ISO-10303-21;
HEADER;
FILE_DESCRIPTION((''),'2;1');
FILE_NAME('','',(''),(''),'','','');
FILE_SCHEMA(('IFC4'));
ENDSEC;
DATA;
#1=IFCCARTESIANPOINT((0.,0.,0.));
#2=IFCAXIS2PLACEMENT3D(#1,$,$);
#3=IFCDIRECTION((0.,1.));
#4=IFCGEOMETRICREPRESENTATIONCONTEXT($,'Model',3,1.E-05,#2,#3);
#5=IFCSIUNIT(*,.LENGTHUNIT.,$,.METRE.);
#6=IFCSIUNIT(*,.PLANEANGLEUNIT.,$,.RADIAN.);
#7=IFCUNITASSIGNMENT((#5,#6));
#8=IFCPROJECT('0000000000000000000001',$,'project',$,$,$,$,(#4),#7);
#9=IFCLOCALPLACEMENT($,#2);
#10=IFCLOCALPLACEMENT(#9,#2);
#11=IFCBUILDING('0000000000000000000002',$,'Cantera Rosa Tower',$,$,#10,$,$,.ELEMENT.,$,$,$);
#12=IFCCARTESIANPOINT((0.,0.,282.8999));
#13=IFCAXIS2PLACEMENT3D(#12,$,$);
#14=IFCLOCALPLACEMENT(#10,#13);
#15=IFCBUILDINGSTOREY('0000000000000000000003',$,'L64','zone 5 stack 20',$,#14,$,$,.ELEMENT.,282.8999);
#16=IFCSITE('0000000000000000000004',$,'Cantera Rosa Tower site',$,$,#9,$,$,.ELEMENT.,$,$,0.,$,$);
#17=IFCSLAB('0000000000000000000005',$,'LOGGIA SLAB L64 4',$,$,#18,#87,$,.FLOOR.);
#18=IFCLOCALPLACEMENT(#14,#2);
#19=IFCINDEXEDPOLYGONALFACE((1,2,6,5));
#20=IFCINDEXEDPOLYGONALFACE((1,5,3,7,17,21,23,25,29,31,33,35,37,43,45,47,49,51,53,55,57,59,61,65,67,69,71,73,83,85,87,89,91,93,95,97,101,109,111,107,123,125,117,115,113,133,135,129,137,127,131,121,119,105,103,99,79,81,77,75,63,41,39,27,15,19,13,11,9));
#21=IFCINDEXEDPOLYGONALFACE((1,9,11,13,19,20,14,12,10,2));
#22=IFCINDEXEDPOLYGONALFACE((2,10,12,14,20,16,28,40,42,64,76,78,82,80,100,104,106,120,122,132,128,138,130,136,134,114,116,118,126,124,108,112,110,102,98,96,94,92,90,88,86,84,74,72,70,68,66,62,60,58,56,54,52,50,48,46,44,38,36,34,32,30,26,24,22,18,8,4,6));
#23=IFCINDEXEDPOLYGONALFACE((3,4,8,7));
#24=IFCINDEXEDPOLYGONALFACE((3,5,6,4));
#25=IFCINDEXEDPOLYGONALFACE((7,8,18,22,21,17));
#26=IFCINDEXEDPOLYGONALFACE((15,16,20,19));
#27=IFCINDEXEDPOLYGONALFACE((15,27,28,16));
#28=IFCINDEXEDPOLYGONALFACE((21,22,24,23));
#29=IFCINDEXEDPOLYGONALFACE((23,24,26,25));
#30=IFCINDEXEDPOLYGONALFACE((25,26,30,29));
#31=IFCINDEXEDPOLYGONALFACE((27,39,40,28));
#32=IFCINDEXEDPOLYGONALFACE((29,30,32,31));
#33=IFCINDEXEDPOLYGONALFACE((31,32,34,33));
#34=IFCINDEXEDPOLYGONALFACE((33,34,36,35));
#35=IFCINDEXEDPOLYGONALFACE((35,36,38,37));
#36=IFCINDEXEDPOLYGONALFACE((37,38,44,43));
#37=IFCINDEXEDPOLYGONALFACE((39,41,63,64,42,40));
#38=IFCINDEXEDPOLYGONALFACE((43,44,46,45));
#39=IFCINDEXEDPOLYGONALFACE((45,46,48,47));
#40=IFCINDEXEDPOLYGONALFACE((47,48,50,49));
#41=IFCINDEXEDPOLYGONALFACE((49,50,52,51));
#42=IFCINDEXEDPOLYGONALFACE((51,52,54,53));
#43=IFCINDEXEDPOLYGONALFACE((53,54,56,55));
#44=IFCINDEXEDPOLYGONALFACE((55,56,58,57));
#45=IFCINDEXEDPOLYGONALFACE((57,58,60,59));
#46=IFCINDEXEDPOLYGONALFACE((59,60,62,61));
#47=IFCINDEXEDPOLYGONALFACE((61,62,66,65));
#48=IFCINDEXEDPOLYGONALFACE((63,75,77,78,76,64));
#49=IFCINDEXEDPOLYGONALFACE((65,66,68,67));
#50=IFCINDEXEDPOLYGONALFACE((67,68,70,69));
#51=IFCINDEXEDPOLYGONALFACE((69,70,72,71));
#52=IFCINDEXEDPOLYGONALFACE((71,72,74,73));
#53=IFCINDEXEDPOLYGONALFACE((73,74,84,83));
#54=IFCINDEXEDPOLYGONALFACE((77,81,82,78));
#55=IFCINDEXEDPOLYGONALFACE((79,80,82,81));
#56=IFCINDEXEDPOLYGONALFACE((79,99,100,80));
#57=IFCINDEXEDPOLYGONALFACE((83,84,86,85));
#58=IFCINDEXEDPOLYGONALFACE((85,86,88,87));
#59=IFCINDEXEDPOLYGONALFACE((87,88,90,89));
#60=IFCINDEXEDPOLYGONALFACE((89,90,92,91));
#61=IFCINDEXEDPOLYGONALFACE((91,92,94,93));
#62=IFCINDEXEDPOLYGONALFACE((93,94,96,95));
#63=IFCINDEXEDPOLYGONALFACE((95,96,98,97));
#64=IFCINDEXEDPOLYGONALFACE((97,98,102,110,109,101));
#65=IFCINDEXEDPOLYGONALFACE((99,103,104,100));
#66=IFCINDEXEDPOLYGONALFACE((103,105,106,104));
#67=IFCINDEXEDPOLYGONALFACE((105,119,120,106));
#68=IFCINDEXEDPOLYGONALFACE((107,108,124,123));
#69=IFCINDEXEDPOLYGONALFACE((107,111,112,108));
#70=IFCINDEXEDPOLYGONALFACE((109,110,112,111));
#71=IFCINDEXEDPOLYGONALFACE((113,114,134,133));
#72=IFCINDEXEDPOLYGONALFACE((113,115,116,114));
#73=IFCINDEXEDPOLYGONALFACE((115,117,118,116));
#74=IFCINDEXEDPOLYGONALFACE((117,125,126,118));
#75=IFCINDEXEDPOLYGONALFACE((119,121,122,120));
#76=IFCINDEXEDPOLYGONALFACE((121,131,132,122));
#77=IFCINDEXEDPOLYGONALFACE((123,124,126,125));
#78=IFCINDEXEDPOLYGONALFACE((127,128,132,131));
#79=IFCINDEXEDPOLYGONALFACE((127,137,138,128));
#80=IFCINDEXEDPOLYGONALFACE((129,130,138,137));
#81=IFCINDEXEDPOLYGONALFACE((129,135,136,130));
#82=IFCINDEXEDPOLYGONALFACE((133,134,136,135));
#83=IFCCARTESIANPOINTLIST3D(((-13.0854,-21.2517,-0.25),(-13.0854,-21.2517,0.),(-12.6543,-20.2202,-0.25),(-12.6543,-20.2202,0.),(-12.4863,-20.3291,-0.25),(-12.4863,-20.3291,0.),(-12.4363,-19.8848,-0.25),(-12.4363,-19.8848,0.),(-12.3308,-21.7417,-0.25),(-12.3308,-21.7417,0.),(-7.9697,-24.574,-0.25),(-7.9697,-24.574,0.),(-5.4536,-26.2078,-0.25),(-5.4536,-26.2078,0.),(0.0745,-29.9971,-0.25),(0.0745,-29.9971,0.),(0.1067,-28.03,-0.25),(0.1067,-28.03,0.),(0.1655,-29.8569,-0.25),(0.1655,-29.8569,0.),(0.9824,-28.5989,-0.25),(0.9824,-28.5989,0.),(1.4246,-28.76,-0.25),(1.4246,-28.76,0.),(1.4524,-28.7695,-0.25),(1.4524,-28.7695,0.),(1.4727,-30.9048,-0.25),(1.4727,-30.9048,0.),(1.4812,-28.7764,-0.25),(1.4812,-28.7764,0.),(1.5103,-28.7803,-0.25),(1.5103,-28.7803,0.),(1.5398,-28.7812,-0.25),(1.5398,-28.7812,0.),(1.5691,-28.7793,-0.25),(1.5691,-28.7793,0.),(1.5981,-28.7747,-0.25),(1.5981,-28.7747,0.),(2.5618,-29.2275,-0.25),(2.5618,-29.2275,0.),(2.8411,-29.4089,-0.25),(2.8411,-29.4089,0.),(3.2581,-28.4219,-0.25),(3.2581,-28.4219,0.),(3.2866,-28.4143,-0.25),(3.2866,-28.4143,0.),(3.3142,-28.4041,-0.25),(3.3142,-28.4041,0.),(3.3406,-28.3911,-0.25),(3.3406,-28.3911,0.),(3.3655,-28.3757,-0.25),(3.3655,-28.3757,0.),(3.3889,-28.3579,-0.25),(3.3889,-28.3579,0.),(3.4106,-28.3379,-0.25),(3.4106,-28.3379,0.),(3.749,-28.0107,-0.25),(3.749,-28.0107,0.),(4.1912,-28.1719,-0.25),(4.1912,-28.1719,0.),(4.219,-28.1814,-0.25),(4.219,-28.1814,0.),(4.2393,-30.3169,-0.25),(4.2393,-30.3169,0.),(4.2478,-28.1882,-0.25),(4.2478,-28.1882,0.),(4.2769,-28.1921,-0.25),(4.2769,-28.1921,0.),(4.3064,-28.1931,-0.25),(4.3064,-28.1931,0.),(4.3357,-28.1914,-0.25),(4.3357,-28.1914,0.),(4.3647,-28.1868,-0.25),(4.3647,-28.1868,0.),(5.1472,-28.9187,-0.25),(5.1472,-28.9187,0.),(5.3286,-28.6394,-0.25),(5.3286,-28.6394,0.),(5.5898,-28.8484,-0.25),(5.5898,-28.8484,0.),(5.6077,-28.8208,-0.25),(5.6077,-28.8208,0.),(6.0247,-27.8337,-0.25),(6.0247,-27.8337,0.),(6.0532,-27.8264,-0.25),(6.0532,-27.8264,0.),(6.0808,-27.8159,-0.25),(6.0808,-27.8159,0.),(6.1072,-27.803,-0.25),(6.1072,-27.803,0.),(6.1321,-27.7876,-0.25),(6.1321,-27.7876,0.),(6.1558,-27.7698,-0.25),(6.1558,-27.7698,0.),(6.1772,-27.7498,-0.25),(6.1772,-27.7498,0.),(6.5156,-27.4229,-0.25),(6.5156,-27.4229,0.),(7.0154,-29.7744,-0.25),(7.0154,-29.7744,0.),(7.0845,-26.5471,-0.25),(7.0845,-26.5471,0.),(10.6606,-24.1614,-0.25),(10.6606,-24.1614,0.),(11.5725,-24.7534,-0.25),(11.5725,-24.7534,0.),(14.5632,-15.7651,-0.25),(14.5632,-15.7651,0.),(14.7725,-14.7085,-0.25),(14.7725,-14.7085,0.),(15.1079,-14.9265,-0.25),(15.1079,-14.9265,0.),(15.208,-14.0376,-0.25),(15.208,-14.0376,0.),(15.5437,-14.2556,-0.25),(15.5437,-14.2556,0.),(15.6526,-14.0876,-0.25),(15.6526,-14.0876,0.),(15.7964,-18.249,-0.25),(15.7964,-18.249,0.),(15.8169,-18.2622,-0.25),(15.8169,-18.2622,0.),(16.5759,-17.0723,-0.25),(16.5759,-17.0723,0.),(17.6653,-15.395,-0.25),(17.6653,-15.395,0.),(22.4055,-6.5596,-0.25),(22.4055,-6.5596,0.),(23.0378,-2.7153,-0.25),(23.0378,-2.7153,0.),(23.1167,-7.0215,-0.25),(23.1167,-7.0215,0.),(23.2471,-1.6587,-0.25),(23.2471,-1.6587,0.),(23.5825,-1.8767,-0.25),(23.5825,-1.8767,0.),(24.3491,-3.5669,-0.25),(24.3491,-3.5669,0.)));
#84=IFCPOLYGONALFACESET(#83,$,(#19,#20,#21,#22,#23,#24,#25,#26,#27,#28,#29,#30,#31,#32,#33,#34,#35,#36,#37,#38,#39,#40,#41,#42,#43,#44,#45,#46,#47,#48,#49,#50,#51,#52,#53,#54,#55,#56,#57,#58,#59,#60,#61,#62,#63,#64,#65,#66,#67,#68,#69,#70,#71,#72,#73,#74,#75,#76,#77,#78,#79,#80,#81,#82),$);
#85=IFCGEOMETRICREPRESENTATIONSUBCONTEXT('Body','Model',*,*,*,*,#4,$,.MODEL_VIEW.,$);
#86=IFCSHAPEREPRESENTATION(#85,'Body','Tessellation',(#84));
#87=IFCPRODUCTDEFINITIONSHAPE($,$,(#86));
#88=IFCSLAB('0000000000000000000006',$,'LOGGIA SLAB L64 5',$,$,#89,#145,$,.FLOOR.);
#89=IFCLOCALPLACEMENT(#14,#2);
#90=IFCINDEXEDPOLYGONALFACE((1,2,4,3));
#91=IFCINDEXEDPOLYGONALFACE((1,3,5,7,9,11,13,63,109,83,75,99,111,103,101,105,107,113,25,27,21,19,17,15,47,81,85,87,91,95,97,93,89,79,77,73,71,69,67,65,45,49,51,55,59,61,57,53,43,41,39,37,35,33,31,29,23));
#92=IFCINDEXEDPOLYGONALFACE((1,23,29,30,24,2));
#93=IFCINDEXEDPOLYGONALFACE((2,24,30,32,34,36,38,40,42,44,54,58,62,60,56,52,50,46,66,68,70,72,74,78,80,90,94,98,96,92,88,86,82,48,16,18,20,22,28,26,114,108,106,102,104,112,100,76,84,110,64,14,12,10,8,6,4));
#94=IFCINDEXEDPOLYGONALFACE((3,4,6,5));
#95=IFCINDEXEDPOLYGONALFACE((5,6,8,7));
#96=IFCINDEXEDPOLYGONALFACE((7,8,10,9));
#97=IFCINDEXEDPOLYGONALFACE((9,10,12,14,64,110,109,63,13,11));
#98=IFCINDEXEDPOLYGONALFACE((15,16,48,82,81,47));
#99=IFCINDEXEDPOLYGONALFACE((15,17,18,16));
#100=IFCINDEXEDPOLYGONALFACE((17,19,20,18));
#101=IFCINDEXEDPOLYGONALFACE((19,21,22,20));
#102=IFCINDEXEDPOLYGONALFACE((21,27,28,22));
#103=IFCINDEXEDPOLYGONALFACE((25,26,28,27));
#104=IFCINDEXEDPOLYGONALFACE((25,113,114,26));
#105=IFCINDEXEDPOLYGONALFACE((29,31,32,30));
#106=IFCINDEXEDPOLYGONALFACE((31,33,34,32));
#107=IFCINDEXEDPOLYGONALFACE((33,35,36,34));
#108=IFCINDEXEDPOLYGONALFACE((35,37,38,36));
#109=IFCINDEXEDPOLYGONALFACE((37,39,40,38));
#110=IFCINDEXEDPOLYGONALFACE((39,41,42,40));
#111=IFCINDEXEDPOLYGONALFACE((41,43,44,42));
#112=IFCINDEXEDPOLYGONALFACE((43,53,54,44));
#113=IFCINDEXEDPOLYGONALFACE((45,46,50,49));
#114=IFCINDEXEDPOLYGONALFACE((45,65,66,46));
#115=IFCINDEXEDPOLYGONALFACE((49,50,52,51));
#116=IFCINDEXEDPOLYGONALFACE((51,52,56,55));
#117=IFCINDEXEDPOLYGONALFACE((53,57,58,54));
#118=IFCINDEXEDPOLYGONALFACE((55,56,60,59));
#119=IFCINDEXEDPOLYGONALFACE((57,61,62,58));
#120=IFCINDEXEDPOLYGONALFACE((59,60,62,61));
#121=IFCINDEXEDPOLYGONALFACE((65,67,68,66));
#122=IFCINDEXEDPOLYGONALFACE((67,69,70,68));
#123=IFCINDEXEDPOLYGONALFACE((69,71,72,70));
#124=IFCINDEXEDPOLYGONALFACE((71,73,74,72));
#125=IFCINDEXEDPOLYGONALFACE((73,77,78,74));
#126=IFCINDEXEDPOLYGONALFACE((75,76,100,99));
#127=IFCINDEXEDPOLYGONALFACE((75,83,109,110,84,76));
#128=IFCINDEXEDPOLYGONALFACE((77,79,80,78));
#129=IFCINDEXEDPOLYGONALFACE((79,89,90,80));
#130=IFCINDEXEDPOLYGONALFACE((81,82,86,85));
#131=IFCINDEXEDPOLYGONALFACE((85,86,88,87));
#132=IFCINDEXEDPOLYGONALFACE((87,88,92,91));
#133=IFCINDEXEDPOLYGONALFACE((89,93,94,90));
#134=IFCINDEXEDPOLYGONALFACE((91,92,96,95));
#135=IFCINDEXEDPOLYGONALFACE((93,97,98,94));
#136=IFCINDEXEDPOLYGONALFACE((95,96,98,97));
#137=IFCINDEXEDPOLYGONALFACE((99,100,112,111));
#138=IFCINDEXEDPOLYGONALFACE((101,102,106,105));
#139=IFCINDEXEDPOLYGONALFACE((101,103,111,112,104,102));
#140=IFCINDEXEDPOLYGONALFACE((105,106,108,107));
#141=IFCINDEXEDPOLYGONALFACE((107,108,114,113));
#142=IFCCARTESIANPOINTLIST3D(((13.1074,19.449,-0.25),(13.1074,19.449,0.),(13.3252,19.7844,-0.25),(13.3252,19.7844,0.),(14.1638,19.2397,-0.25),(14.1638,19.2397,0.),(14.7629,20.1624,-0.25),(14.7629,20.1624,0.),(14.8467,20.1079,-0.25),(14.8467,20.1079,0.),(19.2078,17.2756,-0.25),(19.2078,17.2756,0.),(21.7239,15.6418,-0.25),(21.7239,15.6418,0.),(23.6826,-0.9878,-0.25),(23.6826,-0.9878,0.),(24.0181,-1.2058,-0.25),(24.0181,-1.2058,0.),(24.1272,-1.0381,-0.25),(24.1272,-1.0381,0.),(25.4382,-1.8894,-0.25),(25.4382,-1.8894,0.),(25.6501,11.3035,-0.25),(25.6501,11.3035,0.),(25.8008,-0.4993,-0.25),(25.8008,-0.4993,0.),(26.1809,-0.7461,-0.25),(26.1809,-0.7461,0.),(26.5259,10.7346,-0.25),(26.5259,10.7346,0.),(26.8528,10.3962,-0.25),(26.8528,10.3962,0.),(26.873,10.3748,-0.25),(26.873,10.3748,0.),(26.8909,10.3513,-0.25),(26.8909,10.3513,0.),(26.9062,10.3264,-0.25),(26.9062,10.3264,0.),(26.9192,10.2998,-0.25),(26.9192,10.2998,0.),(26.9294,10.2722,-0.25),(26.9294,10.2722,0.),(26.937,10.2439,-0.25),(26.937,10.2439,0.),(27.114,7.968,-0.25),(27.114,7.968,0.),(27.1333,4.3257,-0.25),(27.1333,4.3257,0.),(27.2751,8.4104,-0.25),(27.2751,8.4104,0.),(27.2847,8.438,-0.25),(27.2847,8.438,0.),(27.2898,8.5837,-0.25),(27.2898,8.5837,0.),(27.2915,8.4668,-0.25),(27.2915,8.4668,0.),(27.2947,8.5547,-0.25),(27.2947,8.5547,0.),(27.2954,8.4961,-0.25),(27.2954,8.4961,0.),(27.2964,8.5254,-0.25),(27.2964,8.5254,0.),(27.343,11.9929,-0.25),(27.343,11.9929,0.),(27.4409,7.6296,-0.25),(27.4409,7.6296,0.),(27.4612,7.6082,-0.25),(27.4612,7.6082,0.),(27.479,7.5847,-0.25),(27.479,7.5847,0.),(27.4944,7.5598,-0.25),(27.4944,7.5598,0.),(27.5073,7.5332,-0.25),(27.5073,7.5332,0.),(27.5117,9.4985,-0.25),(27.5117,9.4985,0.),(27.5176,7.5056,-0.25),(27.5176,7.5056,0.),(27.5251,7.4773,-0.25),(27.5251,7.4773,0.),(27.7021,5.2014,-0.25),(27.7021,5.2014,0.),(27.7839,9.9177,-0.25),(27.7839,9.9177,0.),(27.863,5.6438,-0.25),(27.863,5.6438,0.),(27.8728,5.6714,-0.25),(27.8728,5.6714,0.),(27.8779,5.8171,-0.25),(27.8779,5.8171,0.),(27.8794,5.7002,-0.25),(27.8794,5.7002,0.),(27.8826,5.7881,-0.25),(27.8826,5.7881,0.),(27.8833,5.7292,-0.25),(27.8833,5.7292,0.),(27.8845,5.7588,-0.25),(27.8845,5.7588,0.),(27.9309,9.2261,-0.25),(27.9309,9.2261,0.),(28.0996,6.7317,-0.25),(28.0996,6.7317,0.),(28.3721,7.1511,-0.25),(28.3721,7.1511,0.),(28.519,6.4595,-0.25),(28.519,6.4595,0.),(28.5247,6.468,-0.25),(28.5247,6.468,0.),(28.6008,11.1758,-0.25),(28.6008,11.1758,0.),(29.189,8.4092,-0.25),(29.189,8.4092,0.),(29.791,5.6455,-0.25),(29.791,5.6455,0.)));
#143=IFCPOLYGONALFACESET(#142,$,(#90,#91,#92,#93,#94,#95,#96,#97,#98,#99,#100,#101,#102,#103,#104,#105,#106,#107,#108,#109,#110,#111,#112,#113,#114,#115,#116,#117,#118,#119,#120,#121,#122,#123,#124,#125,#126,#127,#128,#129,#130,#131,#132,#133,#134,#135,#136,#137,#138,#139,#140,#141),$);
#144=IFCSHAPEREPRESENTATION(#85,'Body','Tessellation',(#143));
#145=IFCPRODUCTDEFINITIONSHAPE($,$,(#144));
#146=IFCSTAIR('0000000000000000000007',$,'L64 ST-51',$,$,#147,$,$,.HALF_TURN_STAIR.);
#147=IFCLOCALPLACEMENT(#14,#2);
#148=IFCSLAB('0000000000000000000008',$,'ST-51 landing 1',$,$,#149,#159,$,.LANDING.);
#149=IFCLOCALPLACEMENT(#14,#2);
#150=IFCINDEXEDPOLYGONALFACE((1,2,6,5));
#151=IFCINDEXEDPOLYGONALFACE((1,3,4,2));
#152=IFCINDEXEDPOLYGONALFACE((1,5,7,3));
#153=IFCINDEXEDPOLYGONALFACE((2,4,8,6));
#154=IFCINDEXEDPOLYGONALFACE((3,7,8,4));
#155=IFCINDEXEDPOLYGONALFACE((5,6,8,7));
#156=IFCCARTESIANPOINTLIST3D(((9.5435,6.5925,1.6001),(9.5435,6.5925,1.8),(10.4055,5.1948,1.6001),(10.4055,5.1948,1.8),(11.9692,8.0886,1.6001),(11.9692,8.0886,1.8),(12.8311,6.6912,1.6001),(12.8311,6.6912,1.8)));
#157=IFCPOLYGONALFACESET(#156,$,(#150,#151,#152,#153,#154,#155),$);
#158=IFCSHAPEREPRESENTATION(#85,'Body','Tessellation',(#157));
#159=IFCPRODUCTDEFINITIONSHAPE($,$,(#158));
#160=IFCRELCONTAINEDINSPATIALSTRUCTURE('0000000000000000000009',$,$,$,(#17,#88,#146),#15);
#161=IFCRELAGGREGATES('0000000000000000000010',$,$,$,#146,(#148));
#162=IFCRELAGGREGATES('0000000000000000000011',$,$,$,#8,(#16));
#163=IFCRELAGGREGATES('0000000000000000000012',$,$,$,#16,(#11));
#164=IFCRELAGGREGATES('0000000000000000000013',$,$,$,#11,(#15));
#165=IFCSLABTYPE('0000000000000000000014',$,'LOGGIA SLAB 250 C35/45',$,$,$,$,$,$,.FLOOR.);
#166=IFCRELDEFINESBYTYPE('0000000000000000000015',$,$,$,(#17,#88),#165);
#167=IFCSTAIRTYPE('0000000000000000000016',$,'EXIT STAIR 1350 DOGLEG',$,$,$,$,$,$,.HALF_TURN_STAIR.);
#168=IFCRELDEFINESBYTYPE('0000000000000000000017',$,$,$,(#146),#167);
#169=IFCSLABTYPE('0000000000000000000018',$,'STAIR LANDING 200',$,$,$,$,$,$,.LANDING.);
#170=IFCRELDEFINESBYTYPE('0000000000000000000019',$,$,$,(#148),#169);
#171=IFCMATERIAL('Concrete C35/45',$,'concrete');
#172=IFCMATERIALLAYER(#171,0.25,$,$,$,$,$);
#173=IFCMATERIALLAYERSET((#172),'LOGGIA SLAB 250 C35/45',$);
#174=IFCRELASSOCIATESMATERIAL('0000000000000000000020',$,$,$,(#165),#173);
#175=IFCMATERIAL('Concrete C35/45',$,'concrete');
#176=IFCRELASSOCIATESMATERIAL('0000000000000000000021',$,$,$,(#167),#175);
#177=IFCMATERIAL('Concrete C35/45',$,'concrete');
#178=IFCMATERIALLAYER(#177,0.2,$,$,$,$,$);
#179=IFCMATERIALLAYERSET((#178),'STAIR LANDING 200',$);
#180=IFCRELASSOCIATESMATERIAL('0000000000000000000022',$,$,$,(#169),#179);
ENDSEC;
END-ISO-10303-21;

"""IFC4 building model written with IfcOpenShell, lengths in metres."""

from ifc_helpers import new_model, si_unit, direction, frame, origin, place, context, subcontext, project, spatial, polyline, outline, extrude, material, layer, layer_set, type_object, element, aggregate, save


model = new_model("IFC4")

# Units and contexts
model_context = context("Model", 3, precision=1e-05, world=origin(), true_north=direction((0.0, 1.0)))
body_context = subcontext(model_context, "Body", "Model", "MODEL_VIEW")
ifc_project = project(units=[si_unit("LENGTHUNIT", "METRE"), si_unit("PLANEANGLEUNIT", "RADIAN")], contexts=[model_context])

# Site, building, storey
site_placement = place(None, origin())
site = spatial("IfcSite", under=ifc_project, at=site_placement, Name="Cantera Rosa Tower site", CompositionType="ELEMENT", RefElevation=0.0)
building_placement = place(site_placement, origin())
building = spatial("IfcBuilding", under=site, at=building_placement, Name="Cantera Rosa Tower", CompositionType="ELEMENT")
storey_placement = place(building_placement, frame((0.0, 0.0, 282.8999)))
storey = spatial("IfcBuildingStorey", under=building, at=storey_placement, Name="L64", Description="zone 5 stack 20", CompositionType="ELEMENT", Elevation=282.8999)

# Slabs
ifc_material_1 = material(Name="Concrete C35/45", Category="concrete")
ifc_layer_1 = layer(ifc_material_1, 0.25)
ifc_layer_set_1 = layer_set([ifc_layer_1], Name="LOGGIA SLAB 250 C35/45")
slab_type_1 = type_object("IfcSlabType", Name="LOGGIA SLAB 250 C35/45", PredefinedType="FLOOR", material=ifc_layer_set_1)
slab_1_placement = place(storey_placement, frame((0.0, 0.0, -0.25)))
element("IfcSlab", 1, at=slab_1_placement, inside=storey, type_object=slab_type_1, Name="LOGGIA SLAB L64 4", PredefinedType="FLOOR", context=body_context, shape_type="SweptSolid", body=[
    extrude(outline(polyline([(5.3286, -28.6394), (5.1472, -28.9187), (4.2393, -30.3169), (2.8411, -29.4089), (2.5618, -29.2275), (1.4727, -30.9048), (0.0745, -29.9971), (0.1655, -29.8569), (-5.4536, -26.2078), (-7.9697, -24.574), (-12.3308, -21.7417), (-13.0854, -21.2517), (-12.4863, -20.3291), (-12.6543, -20.2202), (-12.4363, -19.8848), (0.1067, -28.03), (0.9824, -28.5989), (1.4246, -28.76), (1.4524, -28.7695), (1.4812, -28.7764), (1.5103, -28.7803), (1.5398, -28.7812), (1.5691, -28.7793), (1.5981, -28.7747), (3.2581, -28.4219), (3.2866, -28.4143), (3.3142, -28.4041), (3.3406, -28.3911), (3.3655, -28.3757), (3.3889, -28.3579), (3.4106, -28.3379), (3.749, -28.0107), (4.1912, -28.1719), (4.219, -28.1814), (4.2478, -28.1882), (4.2769, -28.1921), (4.3064, -28.1931), (4.3357, -28.1914), (4.3647, -28.1868), (6.0247, -27.8337), (6.0532, -27.8264), (6.0808, -27.8159), (6.1072, -27.803), (6.1321, -27.7876), (6.1558, -27.7698), (6.1772, -27.7498), (6.5156, -27.4229), (7.0845, -26.5471), (14.7725, -14.7085), (15.1079, -14.9265), (14.5632, -15.7651), (16.5759, -17.0723), (17.6653, -15.395), (15.6526, -14.0876), (15.5437, -14.2556), (15.208, -14.0376), (23.2471, -1.6587), (23.5825, -1.8767), (23.0378, -2.7153), (24.3491, -3.5669), (22.4055, -6.5596), (23.1167, -7.0215), (15.8169, -18.2622), (15.7964, -18.249), (11.5725, -24.7534), (10.6606, -24.1614), (7.0154, -29.7744), (5.5898, -28.8484), (5.6077, -28.8208), (5.3286, -28.6394)])), origin(), (0.0, 0.0, 1.0), 0.25),
])
slab_2_placement = place(storey_placement, frame((0.0, 0.0, -0.25)))
element("IfcSlab", 2, at=slab_2_placement, inside=storey, type_object=slab_type_1, Name="LOGGIA SLAB L64 5", PredefinedType="FLOOR", context=body_context, shape_type="SweptSolid", body=[
    extrude(outline(polyline([(27.7839, 9.9177), (27.5117, 9.4985), (27.9309, 9.2261), (29.189, 8.4092), (28.3721, 7.1511), (28.0996, 6.7317), (28.519, 6.4595), (28.5247, 6.468), (29.791, 5.6455), (25.8008, -0.4993), (26.1809, -0.7461), (25.4382, -1.8894), (24.1272, -1.0381), (24.0181, -1.2058), (23.6826, -0.9878), (27.1333, 4.3257), (27.7021, 5.2014), (27.863, 5.6438), (27.8728, 5.6714), (27.8794, 5.7002), (27.8833, 5.7292), (27.8845, 5.7588), (27.8826, 5.7881), (27.8779, 5.8171), (27.5251, 7.4773), (27.5176, 7.5056), (27.5073, 7.5332), (27.4944, 7.5598), (27.479, 7.5847), (27.4612, 7.6082), (27.4409, 7.6296), (27.114, 7.968), (27.2751, 8.4104), (27.2847, 8.438), (27.2915, 8.4668), (27.2954, 8.4961), (27.2964, 8.5254), (27.2947, 8.5547), (27.2898, 8.5837), (26.937, 10.2439), (26.9294, 10.2722), (26.9192, 10.2998), (26.9062, 10.3264), (26.8909, 10.3513), (26.873, 10.3748), (26.8528, 10.3962), (26.5259, 10.7346), (25.6501, 11.3035), (13.1074, 19.449), (13.3252, 19.7844), (14.1638, 19.2397), (14.7629, 20.1624), (14.8467, 20.1079), (19.2078, 17.2756), (21.7239, 15.6418), (27.343, 11.9929), (28.6008, 11.1758), (27.7839, 9.9177)])), origin(), (0.0, 0.0, 1.0), 0.25),
])

# Stair, slab
ifc_material_2 = material(Name="Concrete C35/45", Category="concrete")
stair_type = type_object("IfcStairType", Name="EXIT STAIR 1350 DOGLEG", PredefinedType="HALF_TURN_STAIR", material=ifc_material_2)
stair_placement = place(storey_placement, origin())
stair = element("IfcStair", 3, at=stair_placement, inside=storey, type_object=stair_type, Name="L64 ST-51", PredefinedType="HALF_TURN_STAIR")
ifc_material_3 = material(Name="Concrete C35/45", Category="concrete")
ifc_layer_2 = layer(ifc_material_3, 0.2)
ifc_layer_set_2 = layer_set([ifc_layer_2], Name="STAIR LANDING 200")
slab_type_2 = type_object("IfcSlabType", Name="STAIR LANDING 200", PredefinedType="LANDING", material=ifc_layer_set_2)
slab_3_placement = place(storey_placement, frame((0.0, 0.0, 1.6001)))
slab_3 = element("IfcSlab", 4, at=slab_3_placement, type_object=slab_type_2, Name="ST-51 landing 1", PredefinedType="LANDING", context=body_context, shape_type="SweptSolid", body=[
    extrude(outline(polyline([(12.8311, 6.6912), (11.9692, 8.0886), (9.5435, 6.5925), (10.4055, 5.1948), (12.8311, 6.6912)])), origin(), (0.0, 0.0, 1.0), 0.2),
])
aggregate(stair, [slab_3])

save(model, "model.ifc")
